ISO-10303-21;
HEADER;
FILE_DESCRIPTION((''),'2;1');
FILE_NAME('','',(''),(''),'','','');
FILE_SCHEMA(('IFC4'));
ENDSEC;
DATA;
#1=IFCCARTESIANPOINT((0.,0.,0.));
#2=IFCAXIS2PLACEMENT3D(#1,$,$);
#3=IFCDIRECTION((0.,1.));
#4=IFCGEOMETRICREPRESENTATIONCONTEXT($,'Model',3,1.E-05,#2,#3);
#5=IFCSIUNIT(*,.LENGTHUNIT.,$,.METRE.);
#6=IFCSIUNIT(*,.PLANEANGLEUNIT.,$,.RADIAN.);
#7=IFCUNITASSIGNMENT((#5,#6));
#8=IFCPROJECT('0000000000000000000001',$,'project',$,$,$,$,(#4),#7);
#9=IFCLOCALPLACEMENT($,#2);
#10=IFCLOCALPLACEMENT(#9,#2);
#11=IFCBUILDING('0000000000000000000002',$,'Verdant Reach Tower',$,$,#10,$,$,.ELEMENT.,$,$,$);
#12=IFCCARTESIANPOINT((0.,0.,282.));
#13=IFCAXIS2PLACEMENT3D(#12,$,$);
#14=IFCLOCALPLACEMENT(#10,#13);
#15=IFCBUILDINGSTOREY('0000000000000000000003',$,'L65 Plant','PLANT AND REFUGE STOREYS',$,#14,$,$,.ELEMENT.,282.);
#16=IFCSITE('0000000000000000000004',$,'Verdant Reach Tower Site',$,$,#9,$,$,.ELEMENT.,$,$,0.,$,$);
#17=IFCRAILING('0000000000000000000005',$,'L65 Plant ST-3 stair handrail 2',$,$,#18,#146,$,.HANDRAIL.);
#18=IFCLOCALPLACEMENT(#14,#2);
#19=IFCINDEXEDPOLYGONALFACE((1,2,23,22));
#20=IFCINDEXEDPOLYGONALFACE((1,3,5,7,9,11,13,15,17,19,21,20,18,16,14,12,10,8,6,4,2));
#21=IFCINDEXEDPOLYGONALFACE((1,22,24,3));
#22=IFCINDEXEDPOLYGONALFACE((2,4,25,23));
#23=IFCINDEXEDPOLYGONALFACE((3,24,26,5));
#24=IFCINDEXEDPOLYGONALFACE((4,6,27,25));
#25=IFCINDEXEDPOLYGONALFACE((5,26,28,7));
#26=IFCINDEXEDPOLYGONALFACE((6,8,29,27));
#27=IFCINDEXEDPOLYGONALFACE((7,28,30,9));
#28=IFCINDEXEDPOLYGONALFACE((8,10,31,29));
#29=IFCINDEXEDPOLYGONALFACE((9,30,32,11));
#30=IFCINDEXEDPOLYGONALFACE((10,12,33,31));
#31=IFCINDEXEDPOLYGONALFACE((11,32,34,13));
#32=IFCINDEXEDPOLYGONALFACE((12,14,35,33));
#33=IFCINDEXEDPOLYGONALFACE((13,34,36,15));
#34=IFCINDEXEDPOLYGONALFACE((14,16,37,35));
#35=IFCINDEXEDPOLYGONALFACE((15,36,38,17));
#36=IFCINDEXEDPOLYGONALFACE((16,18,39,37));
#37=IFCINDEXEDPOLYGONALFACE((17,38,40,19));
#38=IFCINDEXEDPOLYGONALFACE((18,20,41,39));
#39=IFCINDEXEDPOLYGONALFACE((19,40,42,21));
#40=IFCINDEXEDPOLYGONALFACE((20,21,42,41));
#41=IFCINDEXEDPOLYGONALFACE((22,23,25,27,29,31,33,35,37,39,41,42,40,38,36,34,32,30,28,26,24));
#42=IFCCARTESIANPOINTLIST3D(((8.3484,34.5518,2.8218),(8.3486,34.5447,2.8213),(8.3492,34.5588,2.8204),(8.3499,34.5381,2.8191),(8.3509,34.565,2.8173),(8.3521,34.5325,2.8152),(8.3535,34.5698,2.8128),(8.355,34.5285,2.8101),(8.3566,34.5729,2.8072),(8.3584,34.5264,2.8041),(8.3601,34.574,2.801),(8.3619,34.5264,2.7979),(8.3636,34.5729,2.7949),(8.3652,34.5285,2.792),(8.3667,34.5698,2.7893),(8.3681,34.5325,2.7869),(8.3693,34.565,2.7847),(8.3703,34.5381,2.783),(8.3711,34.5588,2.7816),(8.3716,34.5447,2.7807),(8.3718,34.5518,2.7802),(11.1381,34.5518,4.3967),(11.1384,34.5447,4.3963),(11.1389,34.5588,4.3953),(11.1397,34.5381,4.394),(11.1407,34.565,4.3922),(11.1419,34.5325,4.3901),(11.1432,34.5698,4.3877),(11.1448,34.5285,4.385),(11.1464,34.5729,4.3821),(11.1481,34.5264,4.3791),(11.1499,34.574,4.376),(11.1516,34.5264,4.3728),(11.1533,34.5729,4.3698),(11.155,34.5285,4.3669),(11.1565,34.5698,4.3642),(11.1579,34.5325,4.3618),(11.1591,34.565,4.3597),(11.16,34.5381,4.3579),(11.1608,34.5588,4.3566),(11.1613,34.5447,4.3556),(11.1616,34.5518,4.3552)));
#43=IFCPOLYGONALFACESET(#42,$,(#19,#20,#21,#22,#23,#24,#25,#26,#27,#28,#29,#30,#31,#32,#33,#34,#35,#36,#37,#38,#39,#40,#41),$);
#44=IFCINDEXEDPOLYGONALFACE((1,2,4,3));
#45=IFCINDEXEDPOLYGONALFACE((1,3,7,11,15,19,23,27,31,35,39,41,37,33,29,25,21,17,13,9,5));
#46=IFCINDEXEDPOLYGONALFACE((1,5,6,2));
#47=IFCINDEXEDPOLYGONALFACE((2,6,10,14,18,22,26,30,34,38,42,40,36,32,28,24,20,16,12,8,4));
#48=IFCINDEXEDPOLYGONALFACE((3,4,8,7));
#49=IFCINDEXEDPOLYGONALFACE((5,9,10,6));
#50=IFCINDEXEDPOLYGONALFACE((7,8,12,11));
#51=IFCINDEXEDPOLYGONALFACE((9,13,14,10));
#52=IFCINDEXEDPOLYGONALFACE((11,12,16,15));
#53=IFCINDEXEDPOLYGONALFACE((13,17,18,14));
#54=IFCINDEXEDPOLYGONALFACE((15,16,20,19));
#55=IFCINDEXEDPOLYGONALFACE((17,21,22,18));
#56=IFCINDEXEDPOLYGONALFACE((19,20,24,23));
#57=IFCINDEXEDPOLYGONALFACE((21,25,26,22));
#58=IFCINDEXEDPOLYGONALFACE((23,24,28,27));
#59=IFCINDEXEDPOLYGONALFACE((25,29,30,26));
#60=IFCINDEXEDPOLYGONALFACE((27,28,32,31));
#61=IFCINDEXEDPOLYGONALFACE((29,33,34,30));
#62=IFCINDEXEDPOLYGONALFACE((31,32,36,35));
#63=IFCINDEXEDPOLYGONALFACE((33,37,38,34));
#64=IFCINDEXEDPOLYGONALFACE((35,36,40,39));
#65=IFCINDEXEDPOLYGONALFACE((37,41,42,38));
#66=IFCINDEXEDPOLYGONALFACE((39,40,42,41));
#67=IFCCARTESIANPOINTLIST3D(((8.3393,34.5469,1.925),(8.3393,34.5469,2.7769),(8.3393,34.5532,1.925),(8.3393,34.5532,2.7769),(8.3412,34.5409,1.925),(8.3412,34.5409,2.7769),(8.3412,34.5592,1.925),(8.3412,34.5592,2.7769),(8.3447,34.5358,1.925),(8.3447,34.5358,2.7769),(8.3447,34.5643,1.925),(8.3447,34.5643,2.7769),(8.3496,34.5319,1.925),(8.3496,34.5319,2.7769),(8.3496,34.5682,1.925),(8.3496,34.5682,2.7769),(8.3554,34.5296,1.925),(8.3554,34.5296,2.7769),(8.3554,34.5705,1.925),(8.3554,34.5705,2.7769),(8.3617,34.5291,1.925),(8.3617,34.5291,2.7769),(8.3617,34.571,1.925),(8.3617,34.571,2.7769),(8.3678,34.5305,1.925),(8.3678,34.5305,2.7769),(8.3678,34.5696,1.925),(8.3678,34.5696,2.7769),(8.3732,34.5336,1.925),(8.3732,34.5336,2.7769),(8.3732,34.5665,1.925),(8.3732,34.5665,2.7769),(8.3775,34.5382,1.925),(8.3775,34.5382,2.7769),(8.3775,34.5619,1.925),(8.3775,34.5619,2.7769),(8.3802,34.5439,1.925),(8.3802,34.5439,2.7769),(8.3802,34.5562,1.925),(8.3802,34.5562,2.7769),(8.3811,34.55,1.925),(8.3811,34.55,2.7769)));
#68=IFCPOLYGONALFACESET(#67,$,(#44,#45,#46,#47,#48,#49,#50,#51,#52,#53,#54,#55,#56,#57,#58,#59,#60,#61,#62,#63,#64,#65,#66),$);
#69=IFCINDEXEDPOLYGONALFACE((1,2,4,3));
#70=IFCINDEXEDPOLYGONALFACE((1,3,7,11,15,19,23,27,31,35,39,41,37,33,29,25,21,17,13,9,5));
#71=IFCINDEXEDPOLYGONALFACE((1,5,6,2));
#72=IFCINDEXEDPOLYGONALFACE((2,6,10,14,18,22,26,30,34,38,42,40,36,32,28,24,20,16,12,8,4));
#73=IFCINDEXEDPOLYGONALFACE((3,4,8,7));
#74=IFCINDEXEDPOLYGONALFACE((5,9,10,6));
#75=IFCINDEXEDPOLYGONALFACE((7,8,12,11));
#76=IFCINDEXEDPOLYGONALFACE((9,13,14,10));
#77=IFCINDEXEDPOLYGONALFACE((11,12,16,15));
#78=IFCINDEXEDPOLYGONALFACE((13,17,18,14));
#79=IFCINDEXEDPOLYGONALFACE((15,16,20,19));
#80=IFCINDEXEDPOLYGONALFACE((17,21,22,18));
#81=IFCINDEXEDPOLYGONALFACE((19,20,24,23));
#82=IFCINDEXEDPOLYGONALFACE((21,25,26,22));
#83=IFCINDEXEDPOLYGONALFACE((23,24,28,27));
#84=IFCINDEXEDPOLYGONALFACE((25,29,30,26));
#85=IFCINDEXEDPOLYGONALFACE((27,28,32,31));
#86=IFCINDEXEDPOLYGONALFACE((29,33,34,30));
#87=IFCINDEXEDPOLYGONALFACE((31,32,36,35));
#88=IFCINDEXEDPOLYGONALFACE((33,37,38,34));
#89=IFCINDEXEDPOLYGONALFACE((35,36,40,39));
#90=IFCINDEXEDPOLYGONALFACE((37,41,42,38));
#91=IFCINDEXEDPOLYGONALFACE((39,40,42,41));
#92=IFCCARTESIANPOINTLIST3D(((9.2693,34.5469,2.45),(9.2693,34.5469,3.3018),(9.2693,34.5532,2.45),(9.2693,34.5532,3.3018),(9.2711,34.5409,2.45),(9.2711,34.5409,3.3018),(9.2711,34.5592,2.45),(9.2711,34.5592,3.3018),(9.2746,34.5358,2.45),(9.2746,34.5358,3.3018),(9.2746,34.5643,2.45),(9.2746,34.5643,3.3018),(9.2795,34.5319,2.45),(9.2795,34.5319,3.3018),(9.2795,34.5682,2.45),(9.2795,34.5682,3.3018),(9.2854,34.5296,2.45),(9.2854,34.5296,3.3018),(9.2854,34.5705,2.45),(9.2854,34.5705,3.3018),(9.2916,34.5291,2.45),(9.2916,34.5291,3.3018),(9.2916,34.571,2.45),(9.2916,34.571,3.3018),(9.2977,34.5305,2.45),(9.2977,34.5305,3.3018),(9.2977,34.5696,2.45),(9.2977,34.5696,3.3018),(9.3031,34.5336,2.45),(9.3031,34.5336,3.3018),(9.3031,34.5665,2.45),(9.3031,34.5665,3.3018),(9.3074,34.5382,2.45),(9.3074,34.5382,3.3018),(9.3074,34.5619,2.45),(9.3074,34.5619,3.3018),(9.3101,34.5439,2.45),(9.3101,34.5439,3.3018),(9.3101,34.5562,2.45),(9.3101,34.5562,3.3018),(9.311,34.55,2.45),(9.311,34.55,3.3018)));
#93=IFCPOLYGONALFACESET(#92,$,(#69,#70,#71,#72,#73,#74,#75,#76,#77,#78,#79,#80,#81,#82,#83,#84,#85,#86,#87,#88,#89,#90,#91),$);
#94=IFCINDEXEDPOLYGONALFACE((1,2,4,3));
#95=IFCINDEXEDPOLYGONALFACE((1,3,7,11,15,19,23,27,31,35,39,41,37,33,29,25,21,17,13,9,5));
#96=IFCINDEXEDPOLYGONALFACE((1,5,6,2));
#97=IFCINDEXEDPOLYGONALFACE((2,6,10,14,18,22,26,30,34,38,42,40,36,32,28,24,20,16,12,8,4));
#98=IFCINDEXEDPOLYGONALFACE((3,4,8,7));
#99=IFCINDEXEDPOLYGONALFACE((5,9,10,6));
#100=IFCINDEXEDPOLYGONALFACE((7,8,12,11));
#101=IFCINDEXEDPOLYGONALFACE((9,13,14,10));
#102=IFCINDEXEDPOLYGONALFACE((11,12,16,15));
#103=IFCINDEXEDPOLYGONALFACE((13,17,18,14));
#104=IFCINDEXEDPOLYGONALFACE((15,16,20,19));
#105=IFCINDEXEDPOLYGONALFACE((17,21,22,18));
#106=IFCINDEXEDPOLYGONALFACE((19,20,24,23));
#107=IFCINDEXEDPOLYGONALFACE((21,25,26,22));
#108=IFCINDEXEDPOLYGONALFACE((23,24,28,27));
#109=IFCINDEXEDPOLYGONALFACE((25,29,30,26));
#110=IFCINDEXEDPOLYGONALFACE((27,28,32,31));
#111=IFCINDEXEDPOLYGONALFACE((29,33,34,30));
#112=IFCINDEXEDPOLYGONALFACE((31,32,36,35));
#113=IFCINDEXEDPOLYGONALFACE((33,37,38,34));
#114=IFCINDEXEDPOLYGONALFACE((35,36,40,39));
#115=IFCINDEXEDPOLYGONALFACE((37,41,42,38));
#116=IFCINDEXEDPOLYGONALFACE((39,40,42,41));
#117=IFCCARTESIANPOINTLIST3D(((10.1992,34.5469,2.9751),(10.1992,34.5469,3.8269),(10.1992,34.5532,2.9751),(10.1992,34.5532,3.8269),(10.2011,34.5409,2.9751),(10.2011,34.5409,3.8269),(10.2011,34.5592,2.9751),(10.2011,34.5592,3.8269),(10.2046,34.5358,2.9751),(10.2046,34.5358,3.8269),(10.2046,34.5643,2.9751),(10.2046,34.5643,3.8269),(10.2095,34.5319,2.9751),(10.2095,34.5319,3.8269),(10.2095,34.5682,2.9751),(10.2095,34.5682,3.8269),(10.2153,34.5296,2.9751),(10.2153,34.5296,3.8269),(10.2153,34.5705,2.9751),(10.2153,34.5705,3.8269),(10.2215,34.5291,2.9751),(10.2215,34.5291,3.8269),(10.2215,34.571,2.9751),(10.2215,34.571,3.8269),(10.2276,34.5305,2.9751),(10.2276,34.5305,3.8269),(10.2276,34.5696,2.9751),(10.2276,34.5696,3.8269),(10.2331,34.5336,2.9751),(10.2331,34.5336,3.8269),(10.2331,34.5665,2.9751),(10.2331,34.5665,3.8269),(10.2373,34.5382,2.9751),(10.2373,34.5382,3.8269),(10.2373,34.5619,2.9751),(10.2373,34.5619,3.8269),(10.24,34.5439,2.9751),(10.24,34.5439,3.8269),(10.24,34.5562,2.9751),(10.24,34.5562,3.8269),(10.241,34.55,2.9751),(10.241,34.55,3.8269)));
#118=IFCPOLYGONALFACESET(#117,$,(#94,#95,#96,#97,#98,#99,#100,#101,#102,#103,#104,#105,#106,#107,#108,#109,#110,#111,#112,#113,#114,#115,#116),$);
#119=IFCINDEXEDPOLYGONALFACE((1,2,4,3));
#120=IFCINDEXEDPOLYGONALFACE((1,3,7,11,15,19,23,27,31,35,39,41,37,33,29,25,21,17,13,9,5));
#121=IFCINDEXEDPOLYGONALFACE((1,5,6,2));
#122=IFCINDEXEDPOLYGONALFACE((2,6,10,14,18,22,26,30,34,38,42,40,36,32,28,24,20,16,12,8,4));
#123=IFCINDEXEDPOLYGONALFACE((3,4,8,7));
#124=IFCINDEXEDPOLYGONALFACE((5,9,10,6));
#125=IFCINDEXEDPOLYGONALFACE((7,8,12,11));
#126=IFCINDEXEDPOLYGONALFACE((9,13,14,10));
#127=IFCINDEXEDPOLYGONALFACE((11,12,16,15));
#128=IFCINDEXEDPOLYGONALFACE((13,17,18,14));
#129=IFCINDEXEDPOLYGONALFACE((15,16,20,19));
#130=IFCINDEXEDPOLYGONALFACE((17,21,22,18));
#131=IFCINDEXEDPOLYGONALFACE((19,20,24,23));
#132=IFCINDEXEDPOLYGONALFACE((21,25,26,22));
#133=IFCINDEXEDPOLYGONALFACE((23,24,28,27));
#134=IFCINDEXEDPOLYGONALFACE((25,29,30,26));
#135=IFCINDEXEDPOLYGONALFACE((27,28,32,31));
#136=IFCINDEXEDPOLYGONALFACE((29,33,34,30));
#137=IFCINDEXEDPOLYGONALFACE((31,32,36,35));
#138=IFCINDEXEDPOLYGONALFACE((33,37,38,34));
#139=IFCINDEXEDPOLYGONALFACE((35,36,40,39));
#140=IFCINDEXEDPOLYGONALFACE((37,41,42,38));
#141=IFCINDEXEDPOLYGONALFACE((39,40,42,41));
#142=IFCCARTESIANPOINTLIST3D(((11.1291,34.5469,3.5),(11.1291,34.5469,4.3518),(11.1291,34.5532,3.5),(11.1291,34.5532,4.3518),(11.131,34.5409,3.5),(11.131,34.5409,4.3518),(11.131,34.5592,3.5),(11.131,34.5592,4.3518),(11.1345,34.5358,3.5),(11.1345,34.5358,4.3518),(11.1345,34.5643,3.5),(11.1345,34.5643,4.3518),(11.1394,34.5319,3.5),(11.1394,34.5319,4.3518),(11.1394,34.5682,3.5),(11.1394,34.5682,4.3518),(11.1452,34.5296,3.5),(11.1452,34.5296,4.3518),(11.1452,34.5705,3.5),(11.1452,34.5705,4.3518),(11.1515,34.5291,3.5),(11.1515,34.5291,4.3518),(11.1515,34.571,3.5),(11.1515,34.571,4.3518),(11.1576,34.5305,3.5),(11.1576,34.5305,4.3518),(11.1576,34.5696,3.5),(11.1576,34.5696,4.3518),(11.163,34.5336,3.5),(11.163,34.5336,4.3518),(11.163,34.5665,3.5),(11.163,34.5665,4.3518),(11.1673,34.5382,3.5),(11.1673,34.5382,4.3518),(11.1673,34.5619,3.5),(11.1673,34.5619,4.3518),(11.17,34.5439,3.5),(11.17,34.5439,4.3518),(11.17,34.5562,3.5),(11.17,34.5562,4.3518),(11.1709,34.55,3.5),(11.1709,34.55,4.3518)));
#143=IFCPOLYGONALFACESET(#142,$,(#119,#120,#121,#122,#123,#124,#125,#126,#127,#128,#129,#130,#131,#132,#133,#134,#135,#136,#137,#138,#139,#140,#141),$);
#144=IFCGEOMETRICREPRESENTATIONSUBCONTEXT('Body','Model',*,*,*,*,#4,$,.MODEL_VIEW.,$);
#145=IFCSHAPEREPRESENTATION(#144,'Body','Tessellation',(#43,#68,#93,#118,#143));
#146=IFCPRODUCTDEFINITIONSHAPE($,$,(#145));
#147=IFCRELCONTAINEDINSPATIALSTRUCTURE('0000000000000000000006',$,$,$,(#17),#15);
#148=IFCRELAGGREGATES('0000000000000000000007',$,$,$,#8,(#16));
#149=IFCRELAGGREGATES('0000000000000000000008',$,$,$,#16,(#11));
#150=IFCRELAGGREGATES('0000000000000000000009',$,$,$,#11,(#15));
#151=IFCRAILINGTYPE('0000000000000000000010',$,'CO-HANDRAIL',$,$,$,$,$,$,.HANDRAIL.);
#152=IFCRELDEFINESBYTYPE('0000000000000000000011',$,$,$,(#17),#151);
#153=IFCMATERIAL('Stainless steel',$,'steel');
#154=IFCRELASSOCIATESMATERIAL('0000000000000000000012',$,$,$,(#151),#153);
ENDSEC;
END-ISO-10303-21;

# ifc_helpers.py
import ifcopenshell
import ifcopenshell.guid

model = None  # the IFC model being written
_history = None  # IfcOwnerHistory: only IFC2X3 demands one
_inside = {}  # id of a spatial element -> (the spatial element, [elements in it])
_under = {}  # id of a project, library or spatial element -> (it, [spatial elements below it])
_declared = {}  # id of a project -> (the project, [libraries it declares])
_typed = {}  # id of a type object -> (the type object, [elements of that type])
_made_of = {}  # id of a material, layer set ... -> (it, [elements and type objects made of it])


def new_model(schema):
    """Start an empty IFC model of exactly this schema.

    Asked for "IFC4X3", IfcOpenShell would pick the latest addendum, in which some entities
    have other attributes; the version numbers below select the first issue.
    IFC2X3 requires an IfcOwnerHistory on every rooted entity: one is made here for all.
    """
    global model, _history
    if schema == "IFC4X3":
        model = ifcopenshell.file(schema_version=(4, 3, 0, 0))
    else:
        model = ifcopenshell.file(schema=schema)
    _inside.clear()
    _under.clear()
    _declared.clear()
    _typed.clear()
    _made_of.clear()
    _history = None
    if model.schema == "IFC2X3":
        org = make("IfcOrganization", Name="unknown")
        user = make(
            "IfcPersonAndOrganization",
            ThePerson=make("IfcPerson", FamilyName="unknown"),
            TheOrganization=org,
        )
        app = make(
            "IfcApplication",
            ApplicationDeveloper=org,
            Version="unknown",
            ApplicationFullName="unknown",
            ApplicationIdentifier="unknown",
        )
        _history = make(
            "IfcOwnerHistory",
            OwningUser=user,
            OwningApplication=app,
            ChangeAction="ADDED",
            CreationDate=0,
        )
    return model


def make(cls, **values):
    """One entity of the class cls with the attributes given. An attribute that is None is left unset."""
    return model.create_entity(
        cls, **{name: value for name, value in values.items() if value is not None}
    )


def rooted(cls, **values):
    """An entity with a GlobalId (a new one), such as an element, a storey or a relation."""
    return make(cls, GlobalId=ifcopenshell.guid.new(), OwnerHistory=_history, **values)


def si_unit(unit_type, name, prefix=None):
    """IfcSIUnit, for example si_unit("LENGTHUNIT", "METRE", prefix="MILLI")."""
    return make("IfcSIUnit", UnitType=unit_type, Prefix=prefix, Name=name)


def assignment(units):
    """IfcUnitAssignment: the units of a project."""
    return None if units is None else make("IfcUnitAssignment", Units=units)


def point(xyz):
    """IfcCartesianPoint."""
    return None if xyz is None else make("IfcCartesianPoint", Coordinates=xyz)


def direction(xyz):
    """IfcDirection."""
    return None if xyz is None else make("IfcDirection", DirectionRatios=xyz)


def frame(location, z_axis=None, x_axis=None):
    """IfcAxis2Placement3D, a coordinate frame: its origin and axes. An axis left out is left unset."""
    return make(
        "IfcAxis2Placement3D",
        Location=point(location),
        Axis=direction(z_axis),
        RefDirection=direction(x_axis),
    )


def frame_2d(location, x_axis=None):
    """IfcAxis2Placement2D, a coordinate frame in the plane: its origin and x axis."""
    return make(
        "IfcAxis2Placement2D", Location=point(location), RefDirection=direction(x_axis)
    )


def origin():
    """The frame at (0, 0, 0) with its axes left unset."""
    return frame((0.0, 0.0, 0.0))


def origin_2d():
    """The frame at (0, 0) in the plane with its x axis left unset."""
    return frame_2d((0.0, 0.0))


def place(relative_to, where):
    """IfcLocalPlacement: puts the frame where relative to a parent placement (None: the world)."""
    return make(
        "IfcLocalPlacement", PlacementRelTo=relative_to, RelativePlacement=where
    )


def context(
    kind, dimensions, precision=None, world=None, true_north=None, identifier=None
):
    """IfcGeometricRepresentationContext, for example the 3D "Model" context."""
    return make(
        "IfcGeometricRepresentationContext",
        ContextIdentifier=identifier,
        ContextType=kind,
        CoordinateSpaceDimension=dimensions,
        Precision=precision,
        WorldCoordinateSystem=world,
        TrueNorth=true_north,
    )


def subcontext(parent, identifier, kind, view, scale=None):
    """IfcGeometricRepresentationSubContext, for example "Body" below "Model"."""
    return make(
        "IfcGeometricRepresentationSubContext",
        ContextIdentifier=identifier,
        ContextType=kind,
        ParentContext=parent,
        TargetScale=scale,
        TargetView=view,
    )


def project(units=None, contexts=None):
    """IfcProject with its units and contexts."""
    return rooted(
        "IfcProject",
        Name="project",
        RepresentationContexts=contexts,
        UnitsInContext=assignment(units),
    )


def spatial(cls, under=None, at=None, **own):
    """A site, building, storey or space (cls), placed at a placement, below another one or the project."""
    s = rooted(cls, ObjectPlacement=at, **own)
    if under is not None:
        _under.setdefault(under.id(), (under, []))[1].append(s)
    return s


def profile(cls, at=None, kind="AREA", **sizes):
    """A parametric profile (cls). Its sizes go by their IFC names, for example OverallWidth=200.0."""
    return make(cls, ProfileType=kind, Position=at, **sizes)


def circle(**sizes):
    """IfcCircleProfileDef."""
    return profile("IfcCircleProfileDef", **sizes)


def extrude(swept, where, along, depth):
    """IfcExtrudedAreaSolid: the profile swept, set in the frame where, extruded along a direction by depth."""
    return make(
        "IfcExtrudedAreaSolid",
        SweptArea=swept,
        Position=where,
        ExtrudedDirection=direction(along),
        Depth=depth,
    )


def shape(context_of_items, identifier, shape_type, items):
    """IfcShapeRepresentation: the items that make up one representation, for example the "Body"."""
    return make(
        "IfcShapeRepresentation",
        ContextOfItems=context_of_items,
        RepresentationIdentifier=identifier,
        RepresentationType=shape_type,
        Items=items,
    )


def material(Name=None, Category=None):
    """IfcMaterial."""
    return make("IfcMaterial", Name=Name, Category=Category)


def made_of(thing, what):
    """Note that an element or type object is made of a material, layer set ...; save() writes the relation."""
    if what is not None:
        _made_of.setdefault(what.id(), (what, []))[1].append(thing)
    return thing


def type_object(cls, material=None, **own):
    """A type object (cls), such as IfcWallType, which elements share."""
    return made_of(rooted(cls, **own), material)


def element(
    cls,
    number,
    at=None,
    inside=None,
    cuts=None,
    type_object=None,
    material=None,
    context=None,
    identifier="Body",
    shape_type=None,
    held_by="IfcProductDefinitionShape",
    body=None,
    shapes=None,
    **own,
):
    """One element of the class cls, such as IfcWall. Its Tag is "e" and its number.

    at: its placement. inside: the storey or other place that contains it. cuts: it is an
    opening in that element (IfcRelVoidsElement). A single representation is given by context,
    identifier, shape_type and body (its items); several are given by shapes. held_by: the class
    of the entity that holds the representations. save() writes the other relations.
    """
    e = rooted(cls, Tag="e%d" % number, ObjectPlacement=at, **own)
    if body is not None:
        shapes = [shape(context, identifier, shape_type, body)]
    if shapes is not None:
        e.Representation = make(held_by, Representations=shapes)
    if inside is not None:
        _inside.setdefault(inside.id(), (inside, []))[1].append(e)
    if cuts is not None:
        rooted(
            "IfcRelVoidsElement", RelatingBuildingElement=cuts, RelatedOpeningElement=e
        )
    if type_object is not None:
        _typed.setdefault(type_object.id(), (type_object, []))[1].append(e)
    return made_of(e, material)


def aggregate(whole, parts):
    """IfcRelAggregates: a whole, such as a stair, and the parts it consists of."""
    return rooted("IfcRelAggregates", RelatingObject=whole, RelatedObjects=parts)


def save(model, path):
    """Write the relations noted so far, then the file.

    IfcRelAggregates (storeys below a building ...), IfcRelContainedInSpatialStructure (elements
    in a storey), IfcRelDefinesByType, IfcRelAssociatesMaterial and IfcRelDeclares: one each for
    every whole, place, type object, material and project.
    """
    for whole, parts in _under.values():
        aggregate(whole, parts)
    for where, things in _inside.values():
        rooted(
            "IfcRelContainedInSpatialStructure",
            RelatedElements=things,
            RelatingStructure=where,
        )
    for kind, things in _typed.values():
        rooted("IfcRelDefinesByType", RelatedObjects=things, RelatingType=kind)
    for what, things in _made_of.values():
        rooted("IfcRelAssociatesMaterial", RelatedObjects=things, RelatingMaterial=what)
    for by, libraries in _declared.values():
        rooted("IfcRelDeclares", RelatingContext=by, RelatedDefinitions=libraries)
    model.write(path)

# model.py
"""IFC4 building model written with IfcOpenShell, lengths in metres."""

from ifc_helpers import new_model, si_unit, direction, frame, origin, origin_2d, place, context, subcontext, project, spatial, circle, extrude, material, type_object, element, save


model = new_model("IFC4")

# Units and contexts
model_context = context("Model", 3, precision=1e-05, world=origin(), true_north=direction((0.0, 1.0)))
body_context = subcontext(model_context, "Body", "Model", "MODEL_VIEW")
ifc_project = project(units=[si_unit("LENGTHUNIT", "METRE"), si_unit("PLANEANGLEUNIT", "RADIAN")], contexts=[model_context])

# Site, building, storey
site_placement = place(None, origin())
site = spatial("IfcSite", under=ifc_project, at=site_placement, Name="Verdant Reach Tower Site", CompositionType="ELEMENT", RefElevation=0.0)
building_placement = place(site_placement, origin())
building = spatial("IfcBuilding", under=site, at=building_placement, Name="Verdant Reach Tower", CompositionType="ELEMENT")
storey_placement = place(building_placement, frame((0.0, 0.0, 282.0)))
storey = spatial("IfcBuildingStorey", under=building, at=storey_placement, Name="L65 Plant", Description="PLANT AND REFUGE STOREYS", CompositionType="ELEMENT", Elevation=282.0)

# Railing
ifc_material_1 = material(Name="Stainless steel", Category="steel")
railing_type_1 = type_object("IfcRailingType", Name="CO-HANDRAIL", PredefinedType="HANDRAIL", material=ifc_material_1)
for number, where, name in (
    (1, (8.3601, 34.55, 1.925), "L65 Plant ST-3 stair handrail 2"),
):
    element("IfcRailing", number, at=place(storey_placement, frame(where)), inside=storey, type_object=railing_type_1, Name=name, PredefinedType="HANDRAIL", context=body_context, shape_type="SweptSolid", body=[
        extrude(circle(Radius=0.0239, at=origin_2d()), frame((0.0, 0.0, 0.876), z_axis=(0.870815, 0.0, 0.49161), x_axis=(0.0, 1.0, 0.0)), (0.0, 0.0, 1.0), 3.2036),
        extrude(circle(Radius=0.021, at=origin_2d()), origin(), (0.0, 0.0, 1.0), 0.8518),
        extrude(circle(Radius=0.021, at=origin_2d()), frame((0.9299, 0.0, 0.5249)), (0.0, 0.0, 1.0), 0.8518),
        extrude(circle(Radius=0.021, at=origin_2d()), frame((1.8599, 0.0, 1.05)), (0.0, 0.0, 1.0), 0.8518),
        extrude(circle(Radius=0.021, at=origin_2d()), frame((2.7898, 0.0, 1.575)), (0.0, 0.0, 1.0), 0.8518),
    ])

save(model, "model.ifc")
